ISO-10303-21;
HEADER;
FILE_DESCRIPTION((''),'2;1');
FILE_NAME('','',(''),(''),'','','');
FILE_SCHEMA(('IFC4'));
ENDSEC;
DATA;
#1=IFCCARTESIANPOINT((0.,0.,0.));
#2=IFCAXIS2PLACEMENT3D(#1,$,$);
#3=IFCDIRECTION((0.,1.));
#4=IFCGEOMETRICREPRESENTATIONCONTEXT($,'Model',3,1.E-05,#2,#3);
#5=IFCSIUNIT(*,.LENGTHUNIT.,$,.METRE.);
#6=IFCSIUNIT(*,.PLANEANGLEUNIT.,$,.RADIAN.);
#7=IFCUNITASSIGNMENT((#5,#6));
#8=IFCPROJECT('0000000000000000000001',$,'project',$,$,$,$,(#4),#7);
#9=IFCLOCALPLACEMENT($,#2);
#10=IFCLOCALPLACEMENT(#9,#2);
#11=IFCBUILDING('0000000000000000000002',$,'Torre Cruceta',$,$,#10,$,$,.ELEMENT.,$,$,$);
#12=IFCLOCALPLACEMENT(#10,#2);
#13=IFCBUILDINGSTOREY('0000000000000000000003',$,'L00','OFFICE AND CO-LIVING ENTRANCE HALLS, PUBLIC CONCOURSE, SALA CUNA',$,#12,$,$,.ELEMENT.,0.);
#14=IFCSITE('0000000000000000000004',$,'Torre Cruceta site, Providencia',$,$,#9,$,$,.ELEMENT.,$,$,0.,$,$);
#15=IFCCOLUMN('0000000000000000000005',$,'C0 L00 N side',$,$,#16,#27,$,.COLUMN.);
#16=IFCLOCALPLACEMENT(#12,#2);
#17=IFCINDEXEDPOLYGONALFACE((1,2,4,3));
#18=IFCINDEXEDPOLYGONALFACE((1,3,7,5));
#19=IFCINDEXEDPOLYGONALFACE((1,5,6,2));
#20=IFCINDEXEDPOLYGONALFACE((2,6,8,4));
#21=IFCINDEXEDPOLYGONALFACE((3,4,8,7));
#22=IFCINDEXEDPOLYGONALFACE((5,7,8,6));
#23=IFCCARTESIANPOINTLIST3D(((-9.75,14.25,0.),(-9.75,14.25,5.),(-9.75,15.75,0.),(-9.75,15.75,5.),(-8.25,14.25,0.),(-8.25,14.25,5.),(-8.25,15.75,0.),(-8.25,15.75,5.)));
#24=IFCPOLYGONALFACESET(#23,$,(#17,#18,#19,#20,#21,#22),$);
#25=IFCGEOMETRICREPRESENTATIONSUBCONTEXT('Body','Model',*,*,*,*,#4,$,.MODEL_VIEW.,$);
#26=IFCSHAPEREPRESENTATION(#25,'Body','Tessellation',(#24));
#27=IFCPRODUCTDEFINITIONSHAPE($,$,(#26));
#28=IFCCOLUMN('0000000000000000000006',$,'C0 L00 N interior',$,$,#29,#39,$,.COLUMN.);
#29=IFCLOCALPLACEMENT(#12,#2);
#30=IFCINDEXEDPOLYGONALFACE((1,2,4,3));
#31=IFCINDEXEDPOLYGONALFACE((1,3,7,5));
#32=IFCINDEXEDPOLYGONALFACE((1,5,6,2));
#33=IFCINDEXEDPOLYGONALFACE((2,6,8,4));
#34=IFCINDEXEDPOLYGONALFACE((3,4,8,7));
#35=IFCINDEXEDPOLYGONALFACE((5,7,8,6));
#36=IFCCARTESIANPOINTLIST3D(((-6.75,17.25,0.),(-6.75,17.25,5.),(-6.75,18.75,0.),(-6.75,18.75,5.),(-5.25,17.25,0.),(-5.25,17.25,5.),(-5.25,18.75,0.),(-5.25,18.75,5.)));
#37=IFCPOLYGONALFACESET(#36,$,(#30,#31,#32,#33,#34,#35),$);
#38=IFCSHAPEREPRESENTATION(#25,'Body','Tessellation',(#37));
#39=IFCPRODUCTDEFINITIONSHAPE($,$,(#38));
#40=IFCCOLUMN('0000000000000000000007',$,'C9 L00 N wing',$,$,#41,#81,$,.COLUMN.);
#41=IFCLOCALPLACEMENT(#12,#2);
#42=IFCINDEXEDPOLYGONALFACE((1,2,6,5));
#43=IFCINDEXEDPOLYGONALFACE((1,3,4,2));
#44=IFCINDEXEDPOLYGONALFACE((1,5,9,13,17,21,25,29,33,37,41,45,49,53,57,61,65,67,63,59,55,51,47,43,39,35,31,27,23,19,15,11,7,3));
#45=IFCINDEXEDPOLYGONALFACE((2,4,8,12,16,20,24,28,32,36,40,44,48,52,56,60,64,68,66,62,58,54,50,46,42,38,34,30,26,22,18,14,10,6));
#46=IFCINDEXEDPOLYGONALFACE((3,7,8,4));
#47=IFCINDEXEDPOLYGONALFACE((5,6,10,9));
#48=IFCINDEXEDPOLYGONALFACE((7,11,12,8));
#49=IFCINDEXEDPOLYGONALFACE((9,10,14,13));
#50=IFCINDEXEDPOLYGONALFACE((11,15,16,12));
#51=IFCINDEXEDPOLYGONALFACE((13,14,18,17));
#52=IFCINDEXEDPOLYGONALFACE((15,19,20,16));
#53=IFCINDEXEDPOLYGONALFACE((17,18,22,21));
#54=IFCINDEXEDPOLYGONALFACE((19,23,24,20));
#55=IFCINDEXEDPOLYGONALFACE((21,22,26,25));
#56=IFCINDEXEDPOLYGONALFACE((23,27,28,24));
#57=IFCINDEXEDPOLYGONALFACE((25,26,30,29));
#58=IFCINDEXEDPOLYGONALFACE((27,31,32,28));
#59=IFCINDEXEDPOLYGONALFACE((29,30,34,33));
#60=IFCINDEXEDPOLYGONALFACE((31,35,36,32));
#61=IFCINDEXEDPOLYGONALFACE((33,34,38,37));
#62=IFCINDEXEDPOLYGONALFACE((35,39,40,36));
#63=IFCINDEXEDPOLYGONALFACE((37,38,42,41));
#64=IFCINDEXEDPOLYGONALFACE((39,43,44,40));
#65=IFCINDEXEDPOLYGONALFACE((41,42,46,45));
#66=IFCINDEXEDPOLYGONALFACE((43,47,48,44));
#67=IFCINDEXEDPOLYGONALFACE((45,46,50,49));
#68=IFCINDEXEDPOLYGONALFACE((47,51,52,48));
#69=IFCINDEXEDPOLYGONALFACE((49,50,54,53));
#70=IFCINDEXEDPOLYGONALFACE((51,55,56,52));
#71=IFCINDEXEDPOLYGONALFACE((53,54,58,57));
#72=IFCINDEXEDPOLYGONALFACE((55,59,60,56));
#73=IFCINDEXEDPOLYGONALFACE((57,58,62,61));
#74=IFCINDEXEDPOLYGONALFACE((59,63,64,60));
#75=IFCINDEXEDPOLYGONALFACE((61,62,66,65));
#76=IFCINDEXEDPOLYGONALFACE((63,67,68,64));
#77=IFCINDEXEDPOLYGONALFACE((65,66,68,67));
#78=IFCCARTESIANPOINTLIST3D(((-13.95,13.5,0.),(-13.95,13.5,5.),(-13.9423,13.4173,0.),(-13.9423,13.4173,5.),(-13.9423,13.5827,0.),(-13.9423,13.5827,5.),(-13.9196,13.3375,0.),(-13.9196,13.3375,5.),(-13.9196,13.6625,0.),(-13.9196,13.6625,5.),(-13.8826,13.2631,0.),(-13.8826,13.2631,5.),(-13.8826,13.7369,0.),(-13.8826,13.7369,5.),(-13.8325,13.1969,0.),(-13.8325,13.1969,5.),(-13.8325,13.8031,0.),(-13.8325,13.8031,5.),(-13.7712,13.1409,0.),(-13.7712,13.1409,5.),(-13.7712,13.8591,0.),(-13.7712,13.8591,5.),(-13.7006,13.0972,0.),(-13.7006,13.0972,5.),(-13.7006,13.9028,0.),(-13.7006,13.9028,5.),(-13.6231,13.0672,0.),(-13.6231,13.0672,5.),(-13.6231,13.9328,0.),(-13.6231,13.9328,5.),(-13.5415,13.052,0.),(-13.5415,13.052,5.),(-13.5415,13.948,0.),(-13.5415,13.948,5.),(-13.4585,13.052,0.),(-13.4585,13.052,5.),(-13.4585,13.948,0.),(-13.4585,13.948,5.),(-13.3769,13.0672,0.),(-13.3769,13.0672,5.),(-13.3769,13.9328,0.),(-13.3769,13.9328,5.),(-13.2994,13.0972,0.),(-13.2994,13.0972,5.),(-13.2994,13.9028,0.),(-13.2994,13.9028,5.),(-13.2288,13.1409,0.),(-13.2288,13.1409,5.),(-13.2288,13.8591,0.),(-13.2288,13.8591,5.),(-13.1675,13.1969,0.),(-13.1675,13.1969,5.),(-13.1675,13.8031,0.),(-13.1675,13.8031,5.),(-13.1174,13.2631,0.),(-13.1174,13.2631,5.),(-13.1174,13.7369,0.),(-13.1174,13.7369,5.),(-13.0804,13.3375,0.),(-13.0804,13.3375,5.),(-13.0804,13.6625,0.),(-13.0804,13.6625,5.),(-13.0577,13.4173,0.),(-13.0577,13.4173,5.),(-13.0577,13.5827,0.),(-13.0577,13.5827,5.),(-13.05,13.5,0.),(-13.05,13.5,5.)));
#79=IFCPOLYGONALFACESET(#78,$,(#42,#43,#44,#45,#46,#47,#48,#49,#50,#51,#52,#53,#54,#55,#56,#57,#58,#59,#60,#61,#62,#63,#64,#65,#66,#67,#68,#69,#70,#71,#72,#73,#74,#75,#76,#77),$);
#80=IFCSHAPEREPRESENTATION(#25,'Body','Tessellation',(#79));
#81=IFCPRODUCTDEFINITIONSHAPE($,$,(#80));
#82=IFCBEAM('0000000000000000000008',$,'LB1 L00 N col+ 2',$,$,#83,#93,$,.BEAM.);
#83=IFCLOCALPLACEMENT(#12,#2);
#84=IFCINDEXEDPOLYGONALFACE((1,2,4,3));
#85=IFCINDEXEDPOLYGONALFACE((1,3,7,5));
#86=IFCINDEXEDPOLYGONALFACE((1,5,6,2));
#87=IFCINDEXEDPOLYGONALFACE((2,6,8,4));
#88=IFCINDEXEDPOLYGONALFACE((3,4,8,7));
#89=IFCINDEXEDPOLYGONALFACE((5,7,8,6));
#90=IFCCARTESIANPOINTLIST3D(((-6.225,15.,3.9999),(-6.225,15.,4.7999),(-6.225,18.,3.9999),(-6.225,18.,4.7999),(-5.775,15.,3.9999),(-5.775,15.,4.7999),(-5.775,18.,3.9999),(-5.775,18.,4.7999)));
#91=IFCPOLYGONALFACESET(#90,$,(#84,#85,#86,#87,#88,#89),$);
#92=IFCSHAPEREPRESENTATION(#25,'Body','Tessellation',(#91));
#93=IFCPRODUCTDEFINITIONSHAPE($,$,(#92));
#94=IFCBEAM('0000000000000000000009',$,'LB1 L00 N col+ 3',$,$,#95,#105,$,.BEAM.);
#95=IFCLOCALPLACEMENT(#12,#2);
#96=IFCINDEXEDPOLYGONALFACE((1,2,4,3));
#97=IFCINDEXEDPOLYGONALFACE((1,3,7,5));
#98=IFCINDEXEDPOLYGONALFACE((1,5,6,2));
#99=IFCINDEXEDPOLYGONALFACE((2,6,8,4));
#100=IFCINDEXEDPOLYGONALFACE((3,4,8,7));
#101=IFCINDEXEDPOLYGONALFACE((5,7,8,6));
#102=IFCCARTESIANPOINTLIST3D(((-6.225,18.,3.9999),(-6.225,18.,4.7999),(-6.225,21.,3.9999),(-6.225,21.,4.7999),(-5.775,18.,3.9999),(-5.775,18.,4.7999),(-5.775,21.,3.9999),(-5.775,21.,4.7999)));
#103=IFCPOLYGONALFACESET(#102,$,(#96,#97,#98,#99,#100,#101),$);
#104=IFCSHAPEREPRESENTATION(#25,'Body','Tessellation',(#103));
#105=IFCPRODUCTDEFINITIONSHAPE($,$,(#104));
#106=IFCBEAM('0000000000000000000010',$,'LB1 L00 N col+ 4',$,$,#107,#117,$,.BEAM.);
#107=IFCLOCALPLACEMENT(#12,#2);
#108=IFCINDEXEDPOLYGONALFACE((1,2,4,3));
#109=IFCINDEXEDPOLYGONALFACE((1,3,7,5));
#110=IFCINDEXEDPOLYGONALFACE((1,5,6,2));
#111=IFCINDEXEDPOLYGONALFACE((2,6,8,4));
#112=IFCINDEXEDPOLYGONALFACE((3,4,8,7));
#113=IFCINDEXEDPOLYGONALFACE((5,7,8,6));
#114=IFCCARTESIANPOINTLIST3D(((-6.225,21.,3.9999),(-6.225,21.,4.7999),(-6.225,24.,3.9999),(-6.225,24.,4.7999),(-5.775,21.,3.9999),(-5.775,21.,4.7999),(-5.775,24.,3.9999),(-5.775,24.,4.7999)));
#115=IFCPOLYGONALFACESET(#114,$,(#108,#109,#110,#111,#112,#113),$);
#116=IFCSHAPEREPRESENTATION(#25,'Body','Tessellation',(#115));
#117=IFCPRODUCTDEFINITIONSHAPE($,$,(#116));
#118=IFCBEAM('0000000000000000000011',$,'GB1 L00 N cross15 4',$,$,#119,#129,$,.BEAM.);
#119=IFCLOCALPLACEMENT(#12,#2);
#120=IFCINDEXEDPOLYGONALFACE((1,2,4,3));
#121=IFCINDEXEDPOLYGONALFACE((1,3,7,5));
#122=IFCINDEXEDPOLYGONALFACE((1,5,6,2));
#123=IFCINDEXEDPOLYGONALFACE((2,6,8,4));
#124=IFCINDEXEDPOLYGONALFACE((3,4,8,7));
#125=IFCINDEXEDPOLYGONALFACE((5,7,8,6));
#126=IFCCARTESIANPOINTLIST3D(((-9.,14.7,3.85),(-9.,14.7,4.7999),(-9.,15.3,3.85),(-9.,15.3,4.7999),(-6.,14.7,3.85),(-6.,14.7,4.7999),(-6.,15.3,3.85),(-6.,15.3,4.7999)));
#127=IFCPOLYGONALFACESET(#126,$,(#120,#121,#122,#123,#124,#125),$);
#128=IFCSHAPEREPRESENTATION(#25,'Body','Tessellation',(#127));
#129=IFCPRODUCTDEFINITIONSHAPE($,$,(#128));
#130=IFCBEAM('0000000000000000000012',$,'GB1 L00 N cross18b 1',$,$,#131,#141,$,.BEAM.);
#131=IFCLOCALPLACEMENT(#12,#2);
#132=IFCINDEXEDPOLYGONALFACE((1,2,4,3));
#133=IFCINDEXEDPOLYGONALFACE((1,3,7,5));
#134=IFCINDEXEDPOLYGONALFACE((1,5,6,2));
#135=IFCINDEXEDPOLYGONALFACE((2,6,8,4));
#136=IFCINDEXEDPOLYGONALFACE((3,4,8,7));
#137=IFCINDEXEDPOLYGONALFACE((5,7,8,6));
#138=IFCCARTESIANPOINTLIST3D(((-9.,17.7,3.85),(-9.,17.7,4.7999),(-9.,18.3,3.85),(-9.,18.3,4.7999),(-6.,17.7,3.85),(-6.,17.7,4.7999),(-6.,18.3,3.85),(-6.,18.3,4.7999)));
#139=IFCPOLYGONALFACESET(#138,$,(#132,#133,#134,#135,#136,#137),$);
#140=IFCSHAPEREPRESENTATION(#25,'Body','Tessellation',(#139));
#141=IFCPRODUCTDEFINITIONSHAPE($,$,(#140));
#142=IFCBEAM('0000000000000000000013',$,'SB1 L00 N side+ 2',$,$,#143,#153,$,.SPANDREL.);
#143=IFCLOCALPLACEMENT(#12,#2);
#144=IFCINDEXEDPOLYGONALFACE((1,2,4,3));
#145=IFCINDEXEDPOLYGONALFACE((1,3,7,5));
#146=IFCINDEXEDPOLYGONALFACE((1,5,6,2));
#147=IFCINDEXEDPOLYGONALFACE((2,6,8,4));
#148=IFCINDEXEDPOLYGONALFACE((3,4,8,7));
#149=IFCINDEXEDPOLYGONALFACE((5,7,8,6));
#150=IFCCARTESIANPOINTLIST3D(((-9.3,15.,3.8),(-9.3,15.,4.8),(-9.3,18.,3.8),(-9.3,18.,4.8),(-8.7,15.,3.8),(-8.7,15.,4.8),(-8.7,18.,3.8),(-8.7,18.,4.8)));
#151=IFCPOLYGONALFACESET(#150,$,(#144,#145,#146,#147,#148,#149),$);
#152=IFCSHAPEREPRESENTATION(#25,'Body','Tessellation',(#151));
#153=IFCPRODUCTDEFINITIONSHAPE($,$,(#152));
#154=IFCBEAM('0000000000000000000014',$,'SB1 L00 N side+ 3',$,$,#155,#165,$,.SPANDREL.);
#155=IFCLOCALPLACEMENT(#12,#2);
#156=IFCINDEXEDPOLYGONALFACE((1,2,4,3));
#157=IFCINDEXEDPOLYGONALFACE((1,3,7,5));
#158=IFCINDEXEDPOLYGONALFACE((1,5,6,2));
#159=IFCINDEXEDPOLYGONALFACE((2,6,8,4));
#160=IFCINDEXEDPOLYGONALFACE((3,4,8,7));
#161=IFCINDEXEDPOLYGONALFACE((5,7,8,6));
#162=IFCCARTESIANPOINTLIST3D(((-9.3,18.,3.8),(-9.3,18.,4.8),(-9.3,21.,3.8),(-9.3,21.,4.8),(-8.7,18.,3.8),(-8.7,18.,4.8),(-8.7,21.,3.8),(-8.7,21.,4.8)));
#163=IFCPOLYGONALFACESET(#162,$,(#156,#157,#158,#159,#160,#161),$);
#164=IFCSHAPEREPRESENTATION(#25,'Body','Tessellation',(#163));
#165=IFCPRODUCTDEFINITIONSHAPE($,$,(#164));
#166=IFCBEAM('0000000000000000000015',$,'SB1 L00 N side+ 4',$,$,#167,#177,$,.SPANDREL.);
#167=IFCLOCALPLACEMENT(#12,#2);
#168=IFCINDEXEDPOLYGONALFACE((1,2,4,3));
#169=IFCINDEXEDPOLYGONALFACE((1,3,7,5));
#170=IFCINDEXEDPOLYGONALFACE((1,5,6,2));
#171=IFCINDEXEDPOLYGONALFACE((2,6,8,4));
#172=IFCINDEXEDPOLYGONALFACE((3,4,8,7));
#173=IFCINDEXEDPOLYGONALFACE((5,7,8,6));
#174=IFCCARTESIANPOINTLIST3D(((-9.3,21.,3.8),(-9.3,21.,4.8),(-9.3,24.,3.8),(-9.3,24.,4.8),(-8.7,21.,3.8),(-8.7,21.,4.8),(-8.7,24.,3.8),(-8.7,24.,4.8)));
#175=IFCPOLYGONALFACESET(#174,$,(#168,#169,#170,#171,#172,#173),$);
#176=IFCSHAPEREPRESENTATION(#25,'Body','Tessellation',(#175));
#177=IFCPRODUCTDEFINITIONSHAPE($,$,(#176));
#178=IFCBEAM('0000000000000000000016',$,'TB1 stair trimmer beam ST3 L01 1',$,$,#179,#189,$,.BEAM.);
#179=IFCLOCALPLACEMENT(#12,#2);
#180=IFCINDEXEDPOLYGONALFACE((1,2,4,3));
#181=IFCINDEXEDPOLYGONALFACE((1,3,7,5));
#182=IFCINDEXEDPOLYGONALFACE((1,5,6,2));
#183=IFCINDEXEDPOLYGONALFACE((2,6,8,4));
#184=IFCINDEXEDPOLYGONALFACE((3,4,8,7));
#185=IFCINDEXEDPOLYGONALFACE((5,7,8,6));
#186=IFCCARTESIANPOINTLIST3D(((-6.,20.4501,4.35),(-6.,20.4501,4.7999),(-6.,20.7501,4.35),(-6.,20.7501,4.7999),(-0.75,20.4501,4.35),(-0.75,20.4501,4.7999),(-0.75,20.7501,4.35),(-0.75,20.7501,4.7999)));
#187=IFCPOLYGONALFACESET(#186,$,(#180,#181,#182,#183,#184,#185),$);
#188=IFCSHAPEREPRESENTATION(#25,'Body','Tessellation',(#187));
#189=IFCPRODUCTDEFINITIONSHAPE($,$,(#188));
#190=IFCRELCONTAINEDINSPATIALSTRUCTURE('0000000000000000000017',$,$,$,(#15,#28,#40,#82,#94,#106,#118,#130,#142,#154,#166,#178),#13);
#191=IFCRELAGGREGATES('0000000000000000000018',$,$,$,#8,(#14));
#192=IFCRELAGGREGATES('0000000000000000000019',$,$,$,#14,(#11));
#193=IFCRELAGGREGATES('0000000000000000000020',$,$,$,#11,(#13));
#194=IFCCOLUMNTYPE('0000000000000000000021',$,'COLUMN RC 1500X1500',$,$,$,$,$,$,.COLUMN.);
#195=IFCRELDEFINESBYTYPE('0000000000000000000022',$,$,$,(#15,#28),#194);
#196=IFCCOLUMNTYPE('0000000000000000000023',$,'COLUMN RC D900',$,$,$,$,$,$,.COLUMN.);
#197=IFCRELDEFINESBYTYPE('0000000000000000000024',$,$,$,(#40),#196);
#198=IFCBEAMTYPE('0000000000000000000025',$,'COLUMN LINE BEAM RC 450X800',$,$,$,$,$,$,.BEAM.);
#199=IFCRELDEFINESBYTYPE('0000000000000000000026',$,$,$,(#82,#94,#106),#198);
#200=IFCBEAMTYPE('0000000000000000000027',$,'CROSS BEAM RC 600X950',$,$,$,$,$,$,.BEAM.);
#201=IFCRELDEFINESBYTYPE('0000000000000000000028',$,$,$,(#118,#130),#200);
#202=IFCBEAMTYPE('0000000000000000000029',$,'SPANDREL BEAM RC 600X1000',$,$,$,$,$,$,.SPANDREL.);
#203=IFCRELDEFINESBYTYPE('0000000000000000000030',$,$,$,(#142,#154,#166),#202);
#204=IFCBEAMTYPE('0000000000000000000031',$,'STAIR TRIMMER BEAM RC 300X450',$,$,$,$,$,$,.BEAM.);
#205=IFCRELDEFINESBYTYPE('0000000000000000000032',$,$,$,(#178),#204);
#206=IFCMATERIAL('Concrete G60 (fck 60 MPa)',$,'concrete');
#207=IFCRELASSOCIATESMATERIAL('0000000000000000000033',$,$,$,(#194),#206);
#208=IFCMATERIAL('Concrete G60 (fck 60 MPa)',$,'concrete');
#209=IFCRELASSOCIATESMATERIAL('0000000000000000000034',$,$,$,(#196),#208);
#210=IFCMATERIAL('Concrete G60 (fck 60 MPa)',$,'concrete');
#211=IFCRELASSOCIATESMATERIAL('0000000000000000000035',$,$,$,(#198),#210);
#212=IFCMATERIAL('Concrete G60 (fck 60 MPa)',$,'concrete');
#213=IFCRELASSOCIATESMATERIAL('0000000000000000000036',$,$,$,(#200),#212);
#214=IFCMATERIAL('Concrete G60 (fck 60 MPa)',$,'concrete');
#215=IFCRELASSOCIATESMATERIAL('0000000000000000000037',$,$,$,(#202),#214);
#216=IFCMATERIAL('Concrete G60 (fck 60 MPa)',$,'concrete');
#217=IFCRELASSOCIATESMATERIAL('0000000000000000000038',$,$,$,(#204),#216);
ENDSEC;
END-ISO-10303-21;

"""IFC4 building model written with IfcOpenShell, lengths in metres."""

from ifc_helpers import new_model, si_unit, direction, frame, origin, origin_2d, place, context, subcontext, project, spatial, rectangle, circle, extrude, material, material_profile, profile_set, type_object, element, save


model = new_model("IFC4")

# Units and contexts
model_context = context("Model", 3, precision=1e-05, world=origin(), true_north=direction((0.0, 1.0)))
body_context = subcontext(model_context, "Body", "Model", "MODEL_VIEW")
ifc_project = project(units=[si_unit("LENGTHUNIT", "METRE"), si_unit("PLANEANGLEUNIT", "RADIAN")], contexts=[model_context])

# Site, building, storey
site_placement = place(None, origin())
site = spatial("IfcSite", under=ifc_project, at=site_placement, Name="Torre Cruceta site, Providencia", CompositionType="ELEMENT", RefElevation=0.0)
building_placement = place(site_placement, origin())
building = spatial("IfcBuilding", under=site, at=building_placement, Name="Torre Cruceta", CompositionType="ELEMENT")
storey_placement = place(building_placement, origin())
storey = spatial("IfcBuildingStorey", under=building, at=storey_placement, Name="L00", Description="OFFICE AND CO-LIVING ENTRANCE HALLS, PUBLIC CONCOURSE, SALA CUNA", CompositionType="ELEMENT", Elevation=0.0)

# Columns
ifc_material_1 = material(Name="Concrete G60 (fck 60 MPa)", Category="concrete")
ifc_material_profile_1 = material_profile(ifc_material_1, rectangle(XDim=1.5, YDim=1.5, at=origin_2d()), Name="RC 1500X1500")
ifc_profile_set_1 = profile_set([ifc_material_profile_1], Name="Concrete G60 (fck 60 MPa)")
column_type_1 = type_object("IfcColumnType", Name="COLUMN RC 1500X1500", PredefinedType="COLUMN", material=ifc_profile_set_1)
for number, where, z_axis, x_axis, name in (
    (1, (-9.0, 15.0, 0.0), (0.0, 0.0, 1.0), (1.0, 0.0, 0.0), "C0 L00 N side"),
    (2, (-6.0, 18.0, 0.0), (0.0, 0.0, 1.0), (1.0, 0.0, 0.0), "C0 L00 N interior"),
):
    element("IfcColumn", number, at=place(storey_placement, frame(where, z_axis=z_axis, x_axis=x_axis)), inside=storey, type_object=column_type_1, Name=name, PredefinedType="COLUMN", context=body_context, shape_type="SweptSolid", body=[
        extrude(rectangle(XDim=1.5, YDim=1.5, at=origin_2d()), origin(), (0.0, 0.0, 1.0), 5.0),
    ])
ifc_material_2 = material(Name="Concrete G60 (fck 60 MPa)", Category="concrete")
ifc_material_profile_2 = material_profile(ifc_material_2, circle(Radius=0.45, at=origin_2d()), Name="RC D900")
ifc_profile_set_2 = profile_set([ifc_material_profile_2], Name="Concrete G60 (fck 60 MPa)")
column_type_2 = type_object("IfcColumnType", Name="COLUMN RC D900", PredefinedType="COLUMN", material=ifc_profile_set_2)
column_placement = place(storey_placement, frame((-13.5, 13.5, 0.0), z_axis=(0.0, 0.0, 1.0), x_axis=(1.0, 0.0, 0.0)))
element("IfcColumn", 3, at=column_placement, inside=storey, type_object=column_type_2, Name="C9 L00 N wing", PredefinedType="COLUMN", context=body_context, shape_type="SweptSolid", body=[
    extrude(circle(Radius=0.45, at=origin_2d()), origin(), (0.0, 0.0, 1.0), 5.0),
])

# Beams
ifc_material_3 = material(Name="Concrete G60 (fck 60 MPa)", Category="concrete")
ifc_material_profile_3 = material_profile(ifc_material_3, rectangle(XDim=0.45, YDim=0.8, at=origin_2d()), Name="RC 450X800")
ifc_profile_set_3 = profile_set([ifc_material_profile_3], Name="Concrete G60 (fck 60 MPa)")
beam_type_1 = type_object("IfcBeamType", Name="COLUMN LINE BEAM RC 450X800", PredefinedType="BEAM", material=ifc_profile_set_3)
for number, where, z_axis, x_axis, name in (
    (4, (-6.0, 15.0, 4.3999), (0.0, 1.0, 0.0), (-1.0, 0.0, 0.0), "LB1 L00 N col+ 2"),
    (5, (-6.0, 18.0, 4.3999), (0.0, 1.0, 0.0), (-1.0, 0.0, 0.0), "LB1 L00 N col+ 3"),
    (6, (-6.0, 21.0, 4.3999), (0.0, 1.0, 0.0), (-1.0, 0.0, 0.0), "LB1 L00 N col+ 4"),
):
    element("IfcBeam", number, at=place(storey_placement, frame(where, z_axis=z_axis, x_axis=x_axis)), inside=storey, type_object=beam_type_1, Name=name, PredefinedType="BEAM", context=body_context, shape_type="SweptSolid", body=[
        extrude(rectangle(XDim=0.45, YDim=0.8, at=origin_2d()), origin(), (0.0, 0.0, 1.0), 3.0),
    ])
ifc_material_4 = material(Name="Concrete G60 (fck 60 MPa)", Category="concrete")
ifc_material_profile_4 = material_profile(ifc_material_4, rectangle(XDim=0.6001, YDim=0.95, at=origin_2d()), Name="RC 600X950")
ifc_profile_set_4 = profile_set([ifc_material_profile_4], Name="Concrete G60 (fck 60 MPa)")
beam_type_2 = type_object("IfcBeamType", Name="CROSS BEAM RC 600X950", PredefinedType="BEAM", material=ifc_profile_set_4)
for number, where, z_axis, x_axis, name in (
    (7, (-6.0, 15.0, 4.325), (-1.0, 0.0, 0.0), (0.0, -1.0, 0.0), "GB1 L00 N cross15 4"),
    (8, (-6.0, 18.0, 4.325), (-1.0, 0.0, 0.0), (0.0, -1.0, 0.0), "GB1 L00 N cross18b 1"),
):
    element("IfcBeam", number, at=place(storey_placement, frame(where, z_axis=z_axis, x_axis=x_axis)), inside=storey, type_object=beam_type_2, Name=name, PredefinedType="BEAM", context=body_context, shape_type="SweptSolid", body=[
        extrude(rectangle(XDim=0.6001, YDim=0.95, at=origin_2d()), origin(), (0.0, 0.0, 1.0), 3.0),
    ])
ifc_material_5 = material(Name="Concrete G60 (fck 60 MPa)", Category="concrete")
ifc_material_profile_5 = material_profile(ifc_material_5, rectangle(XDim=0.6001, YDim=1.0, at=origin_2d()), Name="RC 600X1000")
ifc_profile_set_5 = profile_set([ifc_material_profile_5], Name="Concrete G60 (fck 60 MPa)")
beam_type_3 = type_object("IfcBeamType", Name="SPANDREL BEAM RC 600X1000", PredefinedType="SPANDREL", material=ifc_profile_set_5)
for number, where, z_axis, x_axis, name in (
    (9, (-9.0, 15.0, 4.3), (0.0, 1.0, 0.0), (-1.0, 0.0, 0.0), "SB1 L00 N side+ 2"),
    (10, (-9.0, 18.0, 4.3), (0.0, 1.0, 0.0), (-1.0, 0.0, 0.0), "SB1 L00 N side+ 3"),
    (11, (-9.0, 21.0, 4.3), (0.0, 1.0, 0.0), (-1.0, 0.0, 0.0), "SB1 L00 N side+ 4"),
):
    element("IfcBeam", number, at=place(storey_placement, frame(where, z_axis=z_axis, x_axis=x_axis)), inside=storey, type_object=beam_type_3, Name=name, PredefinedType="SPANDREL", context=body_context, shape_type="SweptSolid", body=[
        extrude(rectangle(XDim=0.6001, YDim=1.0, at=origin_2d()), origin(), (0.0, 0.0, 1.0), 3.0),
    ])
ifc_material_6 = material(Name="Concrete G60 (fck 60 MPa)", Category="concrete")
ifc_material_profile_6 = material_profile(ifc_material_6, rectangle(XDim=0.3, YDim=0.45, at=origin_2d()), Name="RC 300X450")
ifc_profile_set_6 = profile_set([ifc_material_profile_6], Name="Concrete G60 (fck 60 MPa)")
beam_type_4 = type_object("IfcBeamType", Name="STAIR TRIMMER BEAM RC 300X450", PredefinedType="BEAM", material=ifc_profile_set_6)
beam_placement = place(storey_placement, frame((-0.75, 20.6001, 4.575), z_axis=(-1.0, 0.0, 0.0), x_axis=(0.0, -1.0, 0.0)))
element("IfcBeam", 12, at=beam_placement, inside=storey, type_object=beam_type_4, Name="TB1 stair trimmer beam ST3 L01 1", PredefinedType="BEAM", context=body_context, shape_type="SweptSolid", body=[
    extrude(rectangle(XDim=0.3, YDim=0.45, at=origin_2d()), origin(), (0.0, 0.0, 1.0), 5.25),
])

save(model, "model.ifc")
